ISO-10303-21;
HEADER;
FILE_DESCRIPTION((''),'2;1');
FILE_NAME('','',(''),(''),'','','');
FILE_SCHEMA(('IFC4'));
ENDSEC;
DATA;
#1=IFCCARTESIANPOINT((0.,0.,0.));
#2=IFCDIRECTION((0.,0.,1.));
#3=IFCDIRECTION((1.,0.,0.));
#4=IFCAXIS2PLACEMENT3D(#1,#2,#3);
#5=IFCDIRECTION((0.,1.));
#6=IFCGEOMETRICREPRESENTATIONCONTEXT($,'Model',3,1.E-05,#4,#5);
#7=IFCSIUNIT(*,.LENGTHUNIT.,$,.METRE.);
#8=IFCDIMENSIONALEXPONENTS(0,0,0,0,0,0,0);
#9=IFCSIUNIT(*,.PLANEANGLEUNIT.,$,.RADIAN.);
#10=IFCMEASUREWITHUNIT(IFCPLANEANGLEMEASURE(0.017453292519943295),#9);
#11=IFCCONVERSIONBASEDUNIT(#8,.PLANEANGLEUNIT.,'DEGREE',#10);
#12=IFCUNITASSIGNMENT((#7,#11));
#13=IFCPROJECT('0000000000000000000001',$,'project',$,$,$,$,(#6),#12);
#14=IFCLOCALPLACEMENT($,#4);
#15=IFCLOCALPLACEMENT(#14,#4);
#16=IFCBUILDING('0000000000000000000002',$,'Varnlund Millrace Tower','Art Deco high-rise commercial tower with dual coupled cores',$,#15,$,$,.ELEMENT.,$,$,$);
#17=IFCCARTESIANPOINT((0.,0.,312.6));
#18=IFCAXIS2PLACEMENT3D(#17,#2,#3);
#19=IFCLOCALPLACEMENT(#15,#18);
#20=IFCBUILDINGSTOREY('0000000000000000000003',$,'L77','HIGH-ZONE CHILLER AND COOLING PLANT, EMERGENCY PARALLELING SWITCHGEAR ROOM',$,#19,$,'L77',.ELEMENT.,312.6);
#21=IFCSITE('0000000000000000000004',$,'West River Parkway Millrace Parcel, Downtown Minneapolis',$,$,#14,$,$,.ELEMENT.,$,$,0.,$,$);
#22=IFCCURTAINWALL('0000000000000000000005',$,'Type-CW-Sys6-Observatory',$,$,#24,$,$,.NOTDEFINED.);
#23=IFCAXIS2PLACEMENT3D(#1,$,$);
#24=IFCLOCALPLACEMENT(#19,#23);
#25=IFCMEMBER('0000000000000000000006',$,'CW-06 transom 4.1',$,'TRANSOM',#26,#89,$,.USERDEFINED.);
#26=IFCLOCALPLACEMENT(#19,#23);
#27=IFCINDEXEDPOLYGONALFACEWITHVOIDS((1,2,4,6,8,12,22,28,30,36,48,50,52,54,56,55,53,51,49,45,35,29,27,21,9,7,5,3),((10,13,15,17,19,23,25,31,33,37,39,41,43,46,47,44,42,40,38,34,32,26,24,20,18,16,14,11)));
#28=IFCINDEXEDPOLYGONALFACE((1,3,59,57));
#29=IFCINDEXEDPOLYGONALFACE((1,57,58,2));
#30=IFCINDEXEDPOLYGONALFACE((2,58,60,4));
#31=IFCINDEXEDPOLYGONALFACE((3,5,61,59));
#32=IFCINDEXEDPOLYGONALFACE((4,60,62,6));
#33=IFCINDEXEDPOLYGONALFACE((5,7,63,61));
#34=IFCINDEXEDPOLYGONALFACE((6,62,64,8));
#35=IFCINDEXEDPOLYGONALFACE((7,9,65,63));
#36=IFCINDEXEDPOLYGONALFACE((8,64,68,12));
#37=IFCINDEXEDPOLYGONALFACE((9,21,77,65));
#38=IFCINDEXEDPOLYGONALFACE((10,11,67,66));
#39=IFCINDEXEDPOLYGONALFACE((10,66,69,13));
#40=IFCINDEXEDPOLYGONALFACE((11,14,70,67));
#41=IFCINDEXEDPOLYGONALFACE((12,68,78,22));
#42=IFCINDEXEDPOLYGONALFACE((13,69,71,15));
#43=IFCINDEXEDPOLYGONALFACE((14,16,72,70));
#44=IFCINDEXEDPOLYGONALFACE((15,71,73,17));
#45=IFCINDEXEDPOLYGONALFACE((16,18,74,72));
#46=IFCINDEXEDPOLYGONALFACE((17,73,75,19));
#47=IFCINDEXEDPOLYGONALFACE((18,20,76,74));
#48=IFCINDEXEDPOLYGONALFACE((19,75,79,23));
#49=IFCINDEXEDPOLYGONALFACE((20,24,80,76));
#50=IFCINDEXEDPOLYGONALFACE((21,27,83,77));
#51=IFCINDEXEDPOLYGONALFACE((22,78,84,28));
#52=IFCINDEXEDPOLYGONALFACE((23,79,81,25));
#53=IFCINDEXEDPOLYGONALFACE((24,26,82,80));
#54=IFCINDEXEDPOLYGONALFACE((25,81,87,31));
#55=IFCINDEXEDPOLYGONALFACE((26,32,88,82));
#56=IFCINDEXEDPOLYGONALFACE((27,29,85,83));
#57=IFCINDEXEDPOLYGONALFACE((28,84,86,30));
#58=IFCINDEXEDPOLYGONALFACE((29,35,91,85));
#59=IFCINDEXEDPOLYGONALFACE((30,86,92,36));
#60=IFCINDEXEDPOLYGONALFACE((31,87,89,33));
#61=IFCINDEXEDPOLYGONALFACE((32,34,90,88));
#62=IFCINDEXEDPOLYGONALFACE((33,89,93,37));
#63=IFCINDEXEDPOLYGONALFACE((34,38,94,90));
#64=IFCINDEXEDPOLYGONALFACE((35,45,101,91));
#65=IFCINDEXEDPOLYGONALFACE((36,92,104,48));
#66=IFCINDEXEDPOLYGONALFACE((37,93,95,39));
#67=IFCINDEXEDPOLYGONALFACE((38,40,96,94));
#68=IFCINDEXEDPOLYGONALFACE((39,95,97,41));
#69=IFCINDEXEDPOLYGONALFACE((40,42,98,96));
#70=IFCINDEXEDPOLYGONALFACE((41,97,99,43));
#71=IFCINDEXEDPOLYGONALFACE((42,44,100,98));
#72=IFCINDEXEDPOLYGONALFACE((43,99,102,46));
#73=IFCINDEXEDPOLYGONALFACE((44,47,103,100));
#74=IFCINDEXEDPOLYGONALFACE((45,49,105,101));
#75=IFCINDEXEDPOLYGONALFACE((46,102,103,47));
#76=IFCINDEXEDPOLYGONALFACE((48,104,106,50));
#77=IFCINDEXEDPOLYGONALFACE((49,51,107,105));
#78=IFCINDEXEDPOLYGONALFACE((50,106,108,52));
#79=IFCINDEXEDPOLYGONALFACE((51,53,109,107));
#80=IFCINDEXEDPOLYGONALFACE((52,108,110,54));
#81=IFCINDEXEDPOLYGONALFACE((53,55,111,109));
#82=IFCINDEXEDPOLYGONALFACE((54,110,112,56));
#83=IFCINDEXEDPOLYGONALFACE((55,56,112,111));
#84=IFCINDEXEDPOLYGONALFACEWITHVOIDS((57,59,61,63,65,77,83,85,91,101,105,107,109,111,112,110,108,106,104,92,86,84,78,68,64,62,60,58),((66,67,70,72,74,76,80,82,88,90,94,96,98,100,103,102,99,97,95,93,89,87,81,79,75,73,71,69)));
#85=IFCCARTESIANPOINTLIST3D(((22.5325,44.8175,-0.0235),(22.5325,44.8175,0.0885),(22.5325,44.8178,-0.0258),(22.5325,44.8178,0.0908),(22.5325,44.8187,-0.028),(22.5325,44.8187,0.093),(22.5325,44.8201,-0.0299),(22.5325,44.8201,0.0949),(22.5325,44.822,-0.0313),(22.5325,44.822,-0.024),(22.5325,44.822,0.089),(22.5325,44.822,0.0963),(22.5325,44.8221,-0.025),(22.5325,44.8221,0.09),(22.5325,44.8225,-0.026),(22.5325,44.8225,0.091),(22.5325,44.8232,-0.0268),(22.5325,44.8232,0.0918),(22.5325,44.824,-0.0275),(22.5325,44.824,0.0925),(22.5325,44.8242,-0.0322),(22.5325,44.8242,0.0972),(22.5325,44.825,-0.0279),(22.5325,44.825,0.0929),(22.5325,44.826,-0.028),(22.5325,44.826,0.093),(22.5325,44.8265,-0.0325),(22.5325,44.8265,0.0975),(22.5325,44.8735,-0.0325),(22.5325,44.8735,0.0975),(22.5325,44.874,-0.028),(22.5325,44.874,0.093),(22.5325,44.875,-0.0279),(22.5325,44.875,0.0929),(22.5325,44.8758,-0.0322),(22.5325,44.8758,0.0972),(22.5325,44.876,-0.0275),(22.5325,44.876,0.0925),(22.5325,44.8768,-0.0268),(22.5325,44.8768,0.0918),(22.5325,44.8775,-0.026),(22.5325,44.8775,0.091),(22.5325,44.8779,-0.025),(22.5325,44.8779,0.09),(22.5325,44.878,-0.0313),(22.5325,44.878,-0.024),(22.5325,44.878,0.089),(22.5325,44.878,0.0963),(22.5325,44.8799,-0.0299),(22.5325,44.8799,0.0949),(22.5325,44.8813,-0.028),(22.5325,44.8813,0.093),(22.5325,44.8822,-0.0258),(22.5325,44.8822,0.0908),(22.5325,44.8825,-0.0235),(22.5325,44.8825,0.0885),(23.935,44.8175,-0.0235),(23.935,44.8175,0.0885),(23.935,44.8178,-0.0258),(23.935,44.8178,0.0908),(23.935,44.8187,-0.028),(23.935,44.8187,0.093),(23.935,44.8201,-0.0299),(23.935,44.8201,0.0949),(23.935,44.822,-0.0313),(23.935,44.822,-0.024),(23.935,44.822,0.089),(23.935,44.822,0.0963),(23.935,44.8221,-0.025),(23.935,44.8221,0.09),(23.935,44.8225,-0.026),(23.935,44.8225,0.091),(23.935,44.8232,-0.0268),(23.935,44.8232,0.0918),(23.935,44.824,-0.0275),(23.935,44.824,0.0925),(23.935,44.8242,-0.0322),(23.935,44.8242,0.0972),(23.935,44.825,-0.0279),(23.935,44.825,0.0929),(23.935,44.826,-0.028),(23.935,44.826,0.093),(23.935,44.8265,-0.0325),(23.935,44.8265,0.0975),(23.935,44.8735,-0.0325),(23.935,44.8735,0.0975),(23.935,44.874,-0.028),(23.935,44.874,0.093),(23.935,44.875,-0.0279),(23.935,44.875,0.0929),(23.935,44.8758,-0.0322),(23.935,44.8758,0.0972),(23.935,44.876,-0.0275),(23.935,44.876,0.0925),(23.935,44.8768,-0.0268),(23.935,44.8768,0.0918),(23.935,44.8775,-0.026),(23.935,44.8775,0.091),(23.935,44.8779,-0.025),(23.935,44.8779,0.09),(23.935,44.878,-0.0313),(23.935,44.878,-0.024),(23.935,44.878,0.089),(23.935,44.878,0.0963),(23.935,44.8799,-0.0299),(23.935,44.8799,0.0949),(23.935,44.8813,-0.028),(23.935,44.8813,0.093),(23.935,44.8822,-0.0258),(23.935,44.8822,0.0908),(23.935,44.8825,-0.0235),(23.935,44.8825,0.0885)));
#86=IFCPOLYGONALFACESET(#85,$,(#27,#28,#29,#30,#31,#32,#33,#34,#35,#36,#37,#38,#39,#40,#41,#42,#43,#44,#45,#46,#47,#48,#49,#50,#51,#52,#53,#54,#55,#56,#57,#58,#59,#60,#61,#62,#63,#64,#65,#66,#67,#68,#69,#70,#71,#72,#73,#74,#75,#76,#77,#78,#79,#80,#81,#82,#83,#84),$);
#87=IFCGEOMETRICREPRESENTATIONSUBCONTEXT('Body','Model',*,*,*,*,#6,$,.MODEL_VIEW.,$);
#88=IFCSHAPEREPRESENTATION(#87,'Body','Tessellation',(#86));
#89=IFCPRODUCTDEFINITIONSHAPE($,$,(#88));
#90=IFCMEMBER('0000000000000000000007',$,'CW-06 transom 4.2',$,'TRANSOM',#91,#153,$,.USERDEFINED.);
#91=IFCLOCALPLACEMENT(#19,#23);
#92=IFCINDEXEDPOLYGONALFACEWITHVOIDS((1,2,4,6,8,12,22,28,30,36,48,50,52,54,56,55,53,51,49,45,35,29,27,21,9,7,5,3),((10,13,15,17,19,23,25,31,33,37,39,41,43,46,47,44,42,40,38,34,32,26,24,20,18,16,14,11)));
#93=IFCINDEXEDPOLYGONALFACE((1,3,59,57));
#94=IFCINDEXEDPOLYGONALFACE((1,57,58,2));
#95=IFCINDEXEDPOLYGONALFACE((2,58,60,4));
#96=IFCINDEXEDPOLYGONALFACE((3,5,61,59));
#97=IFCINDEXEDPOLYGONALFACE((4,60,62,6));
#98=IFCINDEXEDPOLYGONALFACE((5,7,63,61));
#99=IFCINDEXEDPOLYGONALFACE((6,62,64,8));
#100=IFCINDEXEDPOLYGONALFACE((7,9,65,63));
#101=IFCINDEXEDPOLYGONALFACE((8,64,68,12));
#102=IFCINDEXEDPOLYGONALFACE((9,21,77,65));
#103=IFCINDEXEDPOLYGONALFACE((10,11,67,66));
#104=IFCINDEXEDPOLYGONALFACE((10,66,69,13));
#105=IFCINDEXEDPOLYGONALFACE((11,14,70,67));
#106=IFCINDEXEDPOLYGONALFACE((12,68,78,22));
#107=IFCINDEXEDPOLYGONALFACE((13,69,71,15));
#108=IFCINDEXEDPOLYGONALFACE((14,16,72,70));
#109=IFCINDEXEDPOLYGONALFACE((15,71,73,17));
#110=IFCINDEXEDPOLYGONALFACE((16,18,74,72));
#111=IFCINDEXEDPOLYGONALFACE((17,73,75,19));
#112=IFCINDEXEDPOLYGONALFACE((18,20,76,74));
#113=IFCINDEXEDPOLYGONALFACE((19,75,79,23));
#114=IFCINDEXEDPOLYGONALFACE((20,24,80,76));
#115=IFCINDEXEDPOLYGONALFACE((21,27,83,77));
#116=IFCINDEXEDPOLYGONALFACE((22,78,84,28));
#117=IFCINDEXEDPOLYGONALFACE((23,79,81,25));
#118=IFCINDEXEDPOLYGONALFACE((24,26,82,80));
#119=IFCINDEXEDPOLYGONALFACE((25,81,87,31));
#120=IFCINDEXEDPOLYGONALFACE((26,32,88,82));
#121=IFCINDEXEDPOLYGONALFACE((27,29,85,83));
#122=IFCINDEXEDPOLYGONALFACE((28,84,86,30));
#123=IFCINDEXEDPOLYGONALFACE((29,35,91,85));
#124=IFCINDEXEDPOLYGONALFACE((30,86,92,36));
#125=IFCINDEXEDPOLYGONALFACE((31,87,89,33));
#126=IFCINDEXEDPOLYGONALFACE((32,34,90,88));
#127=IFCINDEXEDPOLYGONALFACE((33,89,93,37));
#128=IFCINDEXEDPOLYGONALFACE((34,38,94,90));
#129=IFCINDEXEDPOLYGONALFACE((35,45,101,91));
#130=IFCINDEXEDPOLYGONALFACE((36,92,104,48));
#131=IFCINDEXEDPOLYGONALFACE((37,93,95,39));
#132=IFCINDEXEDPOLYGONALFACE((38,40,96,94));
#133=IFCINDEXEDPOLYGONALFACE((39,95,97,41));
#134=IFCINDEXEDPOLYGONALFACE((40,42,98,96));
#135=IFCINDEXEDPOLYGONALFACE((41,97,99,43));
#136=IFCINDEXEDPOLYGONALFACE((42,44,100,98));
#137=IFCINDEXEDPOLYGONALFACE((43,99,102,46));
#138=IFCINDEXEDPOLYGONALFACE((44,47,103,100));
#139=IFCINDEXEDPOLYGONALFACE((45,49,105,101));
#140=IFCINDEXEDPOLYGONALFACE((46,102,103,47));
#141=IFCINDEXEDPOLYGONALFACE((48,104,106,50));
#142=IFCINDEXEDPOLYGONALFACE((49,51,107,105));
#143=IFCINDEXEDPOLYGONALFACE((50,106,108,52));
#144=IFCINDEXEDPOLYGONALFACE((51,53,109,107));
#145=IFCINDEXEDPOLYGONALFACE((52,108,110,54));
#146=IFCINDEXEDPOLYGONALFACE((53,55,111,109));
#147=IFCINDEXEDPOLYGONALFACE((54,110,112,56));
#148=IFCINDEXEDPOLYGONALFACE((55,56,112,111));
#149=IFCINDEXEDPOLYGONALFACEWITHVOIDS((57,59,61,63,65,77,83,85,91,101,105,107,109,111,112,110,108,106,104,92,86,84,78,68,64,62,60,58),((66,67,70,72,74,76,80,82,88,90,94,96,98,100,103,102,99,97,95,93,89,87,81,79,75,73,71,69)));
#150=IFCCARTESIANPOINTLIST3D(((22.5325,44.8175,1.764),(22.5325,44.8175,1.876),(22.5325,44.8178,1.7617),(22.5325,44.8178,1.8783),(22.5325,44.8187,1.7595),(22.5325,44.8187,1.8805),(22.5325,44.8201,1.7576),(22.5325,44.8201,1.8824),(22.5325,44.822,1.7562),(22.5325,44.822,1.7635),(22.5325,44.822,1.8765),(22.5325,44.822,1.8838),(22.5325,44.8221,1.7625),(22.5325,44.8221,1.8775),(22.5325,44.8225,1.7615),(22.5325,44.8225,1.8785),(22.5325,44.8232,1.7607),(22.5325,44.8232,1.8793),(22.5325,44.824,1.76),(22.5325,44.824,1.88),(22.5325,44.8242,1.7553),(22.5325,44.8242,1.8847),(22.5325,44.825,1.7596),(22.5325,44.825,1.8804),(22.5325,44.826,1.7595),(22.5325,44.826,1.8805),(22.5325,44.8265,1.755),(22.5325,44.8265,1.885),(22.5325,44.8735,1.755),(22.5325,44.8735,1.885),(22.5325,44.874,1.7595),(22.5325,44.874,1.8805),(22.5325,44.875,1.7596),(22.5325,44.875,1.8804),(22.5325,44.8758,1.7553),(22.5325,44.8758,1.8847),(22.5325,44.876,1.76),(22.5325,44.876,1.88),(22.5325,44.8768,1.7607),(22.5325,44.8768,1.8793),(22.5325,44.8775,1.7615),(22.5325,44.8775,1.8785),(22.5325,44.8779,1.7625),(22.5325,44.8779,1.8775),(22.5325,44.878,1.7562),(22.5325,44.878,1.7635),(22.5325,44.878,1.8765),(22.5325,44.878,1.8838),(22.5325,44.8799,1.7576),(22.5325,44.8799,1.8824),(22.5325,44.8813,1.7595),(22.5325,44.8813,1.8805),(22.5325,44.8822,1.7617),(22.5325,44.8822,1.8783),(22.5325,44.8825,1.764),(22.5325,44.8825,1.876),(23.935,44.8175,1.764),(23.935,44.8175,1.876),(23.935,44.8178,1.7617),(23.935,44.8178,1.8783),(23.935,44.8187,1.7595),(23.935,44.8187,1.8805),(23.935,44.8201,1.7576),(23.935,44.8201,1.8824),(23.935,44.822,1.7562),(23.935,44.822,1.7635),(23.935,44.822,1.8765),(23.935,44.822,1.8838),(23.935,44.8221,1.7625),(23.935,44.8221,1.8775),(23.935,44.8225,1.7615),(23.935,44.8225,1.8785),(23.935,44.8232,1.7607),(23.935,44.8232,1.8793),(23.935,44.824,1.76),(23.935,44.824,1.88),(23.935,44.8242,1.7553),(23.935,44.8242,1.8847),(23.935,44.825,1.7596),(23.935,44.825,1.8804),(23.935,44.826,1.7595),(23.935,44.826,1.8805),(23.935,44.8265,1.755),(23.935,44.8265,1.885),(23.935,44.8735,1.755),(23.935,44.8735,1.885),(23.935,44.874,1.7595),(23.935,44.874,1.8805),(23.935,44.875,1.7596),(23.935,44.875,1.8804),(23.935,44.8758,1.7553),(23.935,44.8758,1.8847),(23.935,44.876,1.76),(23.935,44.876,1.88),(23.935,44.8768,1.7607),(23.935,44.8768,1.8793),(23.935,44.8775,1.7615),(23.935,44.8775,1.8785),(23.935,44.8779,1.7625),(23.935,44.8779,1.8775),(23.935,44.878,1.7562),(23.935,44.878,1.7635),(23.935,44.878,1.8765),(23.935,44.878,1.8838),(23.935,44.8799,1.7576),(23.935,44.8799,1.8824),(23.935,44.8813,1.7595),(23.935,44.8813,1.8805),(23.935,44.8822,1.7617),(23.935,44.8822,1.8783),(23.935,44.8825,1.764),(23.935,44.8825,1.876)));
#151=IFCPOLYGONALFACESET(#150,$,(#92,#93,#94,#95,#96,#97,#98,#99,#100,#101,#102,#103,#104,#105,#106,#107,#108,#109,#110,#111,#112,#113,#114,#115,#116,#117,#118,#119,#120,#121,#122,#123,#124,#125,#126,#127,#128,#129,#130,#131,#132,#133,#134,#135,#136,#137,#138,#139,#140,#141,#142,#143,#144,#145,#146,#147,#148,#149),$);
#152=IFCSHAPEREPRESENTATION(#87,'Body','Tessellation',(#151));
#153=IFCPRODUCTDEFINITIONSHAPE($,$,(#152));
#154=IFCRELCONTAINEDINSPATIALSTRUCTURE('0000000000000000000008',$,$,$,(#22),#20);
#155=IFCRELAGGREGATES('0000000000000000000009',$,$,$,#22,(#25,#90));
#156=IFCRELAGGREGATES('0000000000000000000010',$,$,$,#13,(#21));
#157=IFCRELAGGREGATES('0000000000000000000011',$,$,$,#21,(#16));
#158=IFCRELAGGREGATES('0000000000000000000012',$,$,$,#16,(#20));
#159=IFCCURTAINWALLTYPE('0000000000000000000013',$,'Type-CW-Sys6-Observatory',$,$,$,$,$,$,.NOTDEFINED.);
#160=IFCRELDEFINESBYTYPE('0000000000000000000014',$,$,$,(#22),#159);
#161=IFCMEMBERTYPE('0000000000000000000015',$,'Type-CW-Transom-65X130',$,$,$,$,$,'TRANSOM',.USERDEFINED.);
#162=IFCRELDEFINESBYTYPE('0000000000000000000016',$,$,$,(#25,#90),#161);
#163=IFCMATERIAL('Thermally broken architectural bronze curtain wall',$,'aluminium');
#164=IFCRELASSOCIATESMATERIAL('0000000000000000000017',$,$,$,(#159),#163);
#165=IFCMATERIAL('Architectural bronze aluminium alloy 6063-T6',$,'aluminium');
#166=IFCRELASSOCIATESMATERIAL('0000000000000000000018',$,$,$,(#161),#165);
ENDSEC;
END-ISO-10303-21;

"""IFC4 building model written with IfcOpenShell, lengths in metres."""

from ifc_helpers import new_model, entity, si_unit, converted_unit, direction, frame, origin_with_axes, origin_2d_with_axis, place, context, subcontext, project, spatial, hollow_rectangle, extrude, material, material_profile, profile_set, type_object, element, aggregate, save


model = new_model("IFC4")

# Units and contexts
model_context = context("Model", 3, precision=1e-05, world=origin_with_axes(), true_north=direction((0.0, 1.0)))
body_context = subcontext(model_context, "Body", "Model", "MODEL_VIEW")
ifc_project = project(units=[si_unit("LENGTHUNIT", "METRE"), converted_unit("PLANEANGLEUNIT", "DEGREE", entity("IfcPlaneAngleMeasure", 0.017453292519943295), si_unit("PLANEANGLEUNIT", "RADIAN"), dimensions=[0, 0, 0, 0, 0, 0, 0])], contexts=[model_context])

# Site, building, storey
site_placement = place(None, origin_with_axes())
site = spatial("IfcSite", under=ifc_project, at=site_placement, Name="West River Parkway Millrace Parcel, Downtown Minneapolis", CompositionType="ELEMENT", RefElevation=0.0)
building_placement = place(site_placement, origin_with_axes())
building = spatial("IfcBuilding", under=site, at=building_placement, Name="Varnlund Millrace Tower", Description="Art Deco high-rise commercial tower with dual coupled cores", CompositionType="ELEMENT")
storey_placement = place(building_placement, frame((0.0, 0.0, 312.6), z_axis=(0.0, 0.0, 1.0), x_axis=(1.0, 0.0, 0.0)))
storey = spatial("IfcBuildingStorey", under=building, at=storey_placement, Name="L77", Description="HIGH-ZONE CHILLER AND COOLING PLANT, EMERGENCY PARALLELING SWITCHGEAR ROOM", LongName="L77", CompositionType="ELEMENT", Elevation=312.6)

# Curtain wall, members
ifc_material_1 = material(Name="Thermally broken architectural bronze curtain wall", Category="aluminium")
curtain_wall_type = type_object("IfcCurtainWallType", Name="Type-CW-Sys6-Observatory", PredefinedType="NOTDEFINED", material=ifc_material_1)
ifc_material_2 = material(Name="Architectural bronze aluminium alloy 6063-T6", Category="aluminium")
ifc_material_profile_1 = material_profile(ifc_material_2, hollow_rectangle(XDim=0.065, YDim=0.13, WallThickness=0.0045, InnerFilletRadius=0.004, OuterFilletRadius=0.009, at=origin_2d_with_axis()), Name="Architectural bronze aluminium alloy 6063-T6")
ifc_profile_set_1 = profile_set([ifc_material_profile_1], Name="Architectural bronze aluminium alloy 6063-T6")
member_type = type_object("IfcMemberType", Name="Type-CW-Transom-65X130", ElementType="TRANSOM", PredefinedType="USERDEFINED", material=ifc_profile_set_1)
curtain_wall_1_placement = place(storey_placement, frame((18.0, 44.85, 0.0), z_axis=(0.0, 0.0, 1.0), x_axis=(1.0, 0.0, 0.0)))
curtain_wall_1 = element("IfcCurtainWall", 1, at=curtain_wall_1_placement, inside=storey, type_object=curtain_wall_type, Name="Type-CW-Sys6-Observatory", PredefinedType="NOTDEFINED")
member_1_placement = place(storey_placement, frame((22.5325, 44.85, 0.0325), z_axis=(1.0, 0.0, 0.0), x_axis=(0.0, 1.0, 0.0)))
member_1 = element("IfcMember", 2, at=member_1_placement, type_object=member_type, Name="CW-06 transom 4.1", ObjectType="TRANSOM", PredefinedType="USERDEFINED", context=body_context, shape_type="SweptSolid", body=[
    extrude(hollow_rectangle(XDim=0.065, YDim=0.13, WallThickness=0.0045, InnerFilletRadius=0.004, OuterFilletRadius=0.009, at=origin_2d_with_axis()), origin_with_axes(), (0.0, 0.0, 1.0), 1.4025),
])
member_2_placement = place(storey_placement, frame((22.5325, 44.85, 1.82), z_axis=(1.0, 0.0, 0.0), x_axis=(0.0, 1.0, 0.0)))
member_2 = element("IfcMember", 3, at=member_2_placement, type_object=member_type, Name="CW-06 transom 4.2", ObjectType="TRANSOM", PredefinedType="USERDEFINED", context=body_context, shape_type="SweptSolid", body=[
    extrude(hollow_rectangle(XDim=0.065, YDim=0.13, WallThickness=0.0045, InnerFilletRadius=0.004, OuterFilletRadius=0.009, at=origin_2d_with_axis()), origin_with_axes(), (0.0, 0.0, 1.0), 1.4025),
])

aggregate(curtain_wall_1, [member_1, member_2])

save(model, "model.ifc")
